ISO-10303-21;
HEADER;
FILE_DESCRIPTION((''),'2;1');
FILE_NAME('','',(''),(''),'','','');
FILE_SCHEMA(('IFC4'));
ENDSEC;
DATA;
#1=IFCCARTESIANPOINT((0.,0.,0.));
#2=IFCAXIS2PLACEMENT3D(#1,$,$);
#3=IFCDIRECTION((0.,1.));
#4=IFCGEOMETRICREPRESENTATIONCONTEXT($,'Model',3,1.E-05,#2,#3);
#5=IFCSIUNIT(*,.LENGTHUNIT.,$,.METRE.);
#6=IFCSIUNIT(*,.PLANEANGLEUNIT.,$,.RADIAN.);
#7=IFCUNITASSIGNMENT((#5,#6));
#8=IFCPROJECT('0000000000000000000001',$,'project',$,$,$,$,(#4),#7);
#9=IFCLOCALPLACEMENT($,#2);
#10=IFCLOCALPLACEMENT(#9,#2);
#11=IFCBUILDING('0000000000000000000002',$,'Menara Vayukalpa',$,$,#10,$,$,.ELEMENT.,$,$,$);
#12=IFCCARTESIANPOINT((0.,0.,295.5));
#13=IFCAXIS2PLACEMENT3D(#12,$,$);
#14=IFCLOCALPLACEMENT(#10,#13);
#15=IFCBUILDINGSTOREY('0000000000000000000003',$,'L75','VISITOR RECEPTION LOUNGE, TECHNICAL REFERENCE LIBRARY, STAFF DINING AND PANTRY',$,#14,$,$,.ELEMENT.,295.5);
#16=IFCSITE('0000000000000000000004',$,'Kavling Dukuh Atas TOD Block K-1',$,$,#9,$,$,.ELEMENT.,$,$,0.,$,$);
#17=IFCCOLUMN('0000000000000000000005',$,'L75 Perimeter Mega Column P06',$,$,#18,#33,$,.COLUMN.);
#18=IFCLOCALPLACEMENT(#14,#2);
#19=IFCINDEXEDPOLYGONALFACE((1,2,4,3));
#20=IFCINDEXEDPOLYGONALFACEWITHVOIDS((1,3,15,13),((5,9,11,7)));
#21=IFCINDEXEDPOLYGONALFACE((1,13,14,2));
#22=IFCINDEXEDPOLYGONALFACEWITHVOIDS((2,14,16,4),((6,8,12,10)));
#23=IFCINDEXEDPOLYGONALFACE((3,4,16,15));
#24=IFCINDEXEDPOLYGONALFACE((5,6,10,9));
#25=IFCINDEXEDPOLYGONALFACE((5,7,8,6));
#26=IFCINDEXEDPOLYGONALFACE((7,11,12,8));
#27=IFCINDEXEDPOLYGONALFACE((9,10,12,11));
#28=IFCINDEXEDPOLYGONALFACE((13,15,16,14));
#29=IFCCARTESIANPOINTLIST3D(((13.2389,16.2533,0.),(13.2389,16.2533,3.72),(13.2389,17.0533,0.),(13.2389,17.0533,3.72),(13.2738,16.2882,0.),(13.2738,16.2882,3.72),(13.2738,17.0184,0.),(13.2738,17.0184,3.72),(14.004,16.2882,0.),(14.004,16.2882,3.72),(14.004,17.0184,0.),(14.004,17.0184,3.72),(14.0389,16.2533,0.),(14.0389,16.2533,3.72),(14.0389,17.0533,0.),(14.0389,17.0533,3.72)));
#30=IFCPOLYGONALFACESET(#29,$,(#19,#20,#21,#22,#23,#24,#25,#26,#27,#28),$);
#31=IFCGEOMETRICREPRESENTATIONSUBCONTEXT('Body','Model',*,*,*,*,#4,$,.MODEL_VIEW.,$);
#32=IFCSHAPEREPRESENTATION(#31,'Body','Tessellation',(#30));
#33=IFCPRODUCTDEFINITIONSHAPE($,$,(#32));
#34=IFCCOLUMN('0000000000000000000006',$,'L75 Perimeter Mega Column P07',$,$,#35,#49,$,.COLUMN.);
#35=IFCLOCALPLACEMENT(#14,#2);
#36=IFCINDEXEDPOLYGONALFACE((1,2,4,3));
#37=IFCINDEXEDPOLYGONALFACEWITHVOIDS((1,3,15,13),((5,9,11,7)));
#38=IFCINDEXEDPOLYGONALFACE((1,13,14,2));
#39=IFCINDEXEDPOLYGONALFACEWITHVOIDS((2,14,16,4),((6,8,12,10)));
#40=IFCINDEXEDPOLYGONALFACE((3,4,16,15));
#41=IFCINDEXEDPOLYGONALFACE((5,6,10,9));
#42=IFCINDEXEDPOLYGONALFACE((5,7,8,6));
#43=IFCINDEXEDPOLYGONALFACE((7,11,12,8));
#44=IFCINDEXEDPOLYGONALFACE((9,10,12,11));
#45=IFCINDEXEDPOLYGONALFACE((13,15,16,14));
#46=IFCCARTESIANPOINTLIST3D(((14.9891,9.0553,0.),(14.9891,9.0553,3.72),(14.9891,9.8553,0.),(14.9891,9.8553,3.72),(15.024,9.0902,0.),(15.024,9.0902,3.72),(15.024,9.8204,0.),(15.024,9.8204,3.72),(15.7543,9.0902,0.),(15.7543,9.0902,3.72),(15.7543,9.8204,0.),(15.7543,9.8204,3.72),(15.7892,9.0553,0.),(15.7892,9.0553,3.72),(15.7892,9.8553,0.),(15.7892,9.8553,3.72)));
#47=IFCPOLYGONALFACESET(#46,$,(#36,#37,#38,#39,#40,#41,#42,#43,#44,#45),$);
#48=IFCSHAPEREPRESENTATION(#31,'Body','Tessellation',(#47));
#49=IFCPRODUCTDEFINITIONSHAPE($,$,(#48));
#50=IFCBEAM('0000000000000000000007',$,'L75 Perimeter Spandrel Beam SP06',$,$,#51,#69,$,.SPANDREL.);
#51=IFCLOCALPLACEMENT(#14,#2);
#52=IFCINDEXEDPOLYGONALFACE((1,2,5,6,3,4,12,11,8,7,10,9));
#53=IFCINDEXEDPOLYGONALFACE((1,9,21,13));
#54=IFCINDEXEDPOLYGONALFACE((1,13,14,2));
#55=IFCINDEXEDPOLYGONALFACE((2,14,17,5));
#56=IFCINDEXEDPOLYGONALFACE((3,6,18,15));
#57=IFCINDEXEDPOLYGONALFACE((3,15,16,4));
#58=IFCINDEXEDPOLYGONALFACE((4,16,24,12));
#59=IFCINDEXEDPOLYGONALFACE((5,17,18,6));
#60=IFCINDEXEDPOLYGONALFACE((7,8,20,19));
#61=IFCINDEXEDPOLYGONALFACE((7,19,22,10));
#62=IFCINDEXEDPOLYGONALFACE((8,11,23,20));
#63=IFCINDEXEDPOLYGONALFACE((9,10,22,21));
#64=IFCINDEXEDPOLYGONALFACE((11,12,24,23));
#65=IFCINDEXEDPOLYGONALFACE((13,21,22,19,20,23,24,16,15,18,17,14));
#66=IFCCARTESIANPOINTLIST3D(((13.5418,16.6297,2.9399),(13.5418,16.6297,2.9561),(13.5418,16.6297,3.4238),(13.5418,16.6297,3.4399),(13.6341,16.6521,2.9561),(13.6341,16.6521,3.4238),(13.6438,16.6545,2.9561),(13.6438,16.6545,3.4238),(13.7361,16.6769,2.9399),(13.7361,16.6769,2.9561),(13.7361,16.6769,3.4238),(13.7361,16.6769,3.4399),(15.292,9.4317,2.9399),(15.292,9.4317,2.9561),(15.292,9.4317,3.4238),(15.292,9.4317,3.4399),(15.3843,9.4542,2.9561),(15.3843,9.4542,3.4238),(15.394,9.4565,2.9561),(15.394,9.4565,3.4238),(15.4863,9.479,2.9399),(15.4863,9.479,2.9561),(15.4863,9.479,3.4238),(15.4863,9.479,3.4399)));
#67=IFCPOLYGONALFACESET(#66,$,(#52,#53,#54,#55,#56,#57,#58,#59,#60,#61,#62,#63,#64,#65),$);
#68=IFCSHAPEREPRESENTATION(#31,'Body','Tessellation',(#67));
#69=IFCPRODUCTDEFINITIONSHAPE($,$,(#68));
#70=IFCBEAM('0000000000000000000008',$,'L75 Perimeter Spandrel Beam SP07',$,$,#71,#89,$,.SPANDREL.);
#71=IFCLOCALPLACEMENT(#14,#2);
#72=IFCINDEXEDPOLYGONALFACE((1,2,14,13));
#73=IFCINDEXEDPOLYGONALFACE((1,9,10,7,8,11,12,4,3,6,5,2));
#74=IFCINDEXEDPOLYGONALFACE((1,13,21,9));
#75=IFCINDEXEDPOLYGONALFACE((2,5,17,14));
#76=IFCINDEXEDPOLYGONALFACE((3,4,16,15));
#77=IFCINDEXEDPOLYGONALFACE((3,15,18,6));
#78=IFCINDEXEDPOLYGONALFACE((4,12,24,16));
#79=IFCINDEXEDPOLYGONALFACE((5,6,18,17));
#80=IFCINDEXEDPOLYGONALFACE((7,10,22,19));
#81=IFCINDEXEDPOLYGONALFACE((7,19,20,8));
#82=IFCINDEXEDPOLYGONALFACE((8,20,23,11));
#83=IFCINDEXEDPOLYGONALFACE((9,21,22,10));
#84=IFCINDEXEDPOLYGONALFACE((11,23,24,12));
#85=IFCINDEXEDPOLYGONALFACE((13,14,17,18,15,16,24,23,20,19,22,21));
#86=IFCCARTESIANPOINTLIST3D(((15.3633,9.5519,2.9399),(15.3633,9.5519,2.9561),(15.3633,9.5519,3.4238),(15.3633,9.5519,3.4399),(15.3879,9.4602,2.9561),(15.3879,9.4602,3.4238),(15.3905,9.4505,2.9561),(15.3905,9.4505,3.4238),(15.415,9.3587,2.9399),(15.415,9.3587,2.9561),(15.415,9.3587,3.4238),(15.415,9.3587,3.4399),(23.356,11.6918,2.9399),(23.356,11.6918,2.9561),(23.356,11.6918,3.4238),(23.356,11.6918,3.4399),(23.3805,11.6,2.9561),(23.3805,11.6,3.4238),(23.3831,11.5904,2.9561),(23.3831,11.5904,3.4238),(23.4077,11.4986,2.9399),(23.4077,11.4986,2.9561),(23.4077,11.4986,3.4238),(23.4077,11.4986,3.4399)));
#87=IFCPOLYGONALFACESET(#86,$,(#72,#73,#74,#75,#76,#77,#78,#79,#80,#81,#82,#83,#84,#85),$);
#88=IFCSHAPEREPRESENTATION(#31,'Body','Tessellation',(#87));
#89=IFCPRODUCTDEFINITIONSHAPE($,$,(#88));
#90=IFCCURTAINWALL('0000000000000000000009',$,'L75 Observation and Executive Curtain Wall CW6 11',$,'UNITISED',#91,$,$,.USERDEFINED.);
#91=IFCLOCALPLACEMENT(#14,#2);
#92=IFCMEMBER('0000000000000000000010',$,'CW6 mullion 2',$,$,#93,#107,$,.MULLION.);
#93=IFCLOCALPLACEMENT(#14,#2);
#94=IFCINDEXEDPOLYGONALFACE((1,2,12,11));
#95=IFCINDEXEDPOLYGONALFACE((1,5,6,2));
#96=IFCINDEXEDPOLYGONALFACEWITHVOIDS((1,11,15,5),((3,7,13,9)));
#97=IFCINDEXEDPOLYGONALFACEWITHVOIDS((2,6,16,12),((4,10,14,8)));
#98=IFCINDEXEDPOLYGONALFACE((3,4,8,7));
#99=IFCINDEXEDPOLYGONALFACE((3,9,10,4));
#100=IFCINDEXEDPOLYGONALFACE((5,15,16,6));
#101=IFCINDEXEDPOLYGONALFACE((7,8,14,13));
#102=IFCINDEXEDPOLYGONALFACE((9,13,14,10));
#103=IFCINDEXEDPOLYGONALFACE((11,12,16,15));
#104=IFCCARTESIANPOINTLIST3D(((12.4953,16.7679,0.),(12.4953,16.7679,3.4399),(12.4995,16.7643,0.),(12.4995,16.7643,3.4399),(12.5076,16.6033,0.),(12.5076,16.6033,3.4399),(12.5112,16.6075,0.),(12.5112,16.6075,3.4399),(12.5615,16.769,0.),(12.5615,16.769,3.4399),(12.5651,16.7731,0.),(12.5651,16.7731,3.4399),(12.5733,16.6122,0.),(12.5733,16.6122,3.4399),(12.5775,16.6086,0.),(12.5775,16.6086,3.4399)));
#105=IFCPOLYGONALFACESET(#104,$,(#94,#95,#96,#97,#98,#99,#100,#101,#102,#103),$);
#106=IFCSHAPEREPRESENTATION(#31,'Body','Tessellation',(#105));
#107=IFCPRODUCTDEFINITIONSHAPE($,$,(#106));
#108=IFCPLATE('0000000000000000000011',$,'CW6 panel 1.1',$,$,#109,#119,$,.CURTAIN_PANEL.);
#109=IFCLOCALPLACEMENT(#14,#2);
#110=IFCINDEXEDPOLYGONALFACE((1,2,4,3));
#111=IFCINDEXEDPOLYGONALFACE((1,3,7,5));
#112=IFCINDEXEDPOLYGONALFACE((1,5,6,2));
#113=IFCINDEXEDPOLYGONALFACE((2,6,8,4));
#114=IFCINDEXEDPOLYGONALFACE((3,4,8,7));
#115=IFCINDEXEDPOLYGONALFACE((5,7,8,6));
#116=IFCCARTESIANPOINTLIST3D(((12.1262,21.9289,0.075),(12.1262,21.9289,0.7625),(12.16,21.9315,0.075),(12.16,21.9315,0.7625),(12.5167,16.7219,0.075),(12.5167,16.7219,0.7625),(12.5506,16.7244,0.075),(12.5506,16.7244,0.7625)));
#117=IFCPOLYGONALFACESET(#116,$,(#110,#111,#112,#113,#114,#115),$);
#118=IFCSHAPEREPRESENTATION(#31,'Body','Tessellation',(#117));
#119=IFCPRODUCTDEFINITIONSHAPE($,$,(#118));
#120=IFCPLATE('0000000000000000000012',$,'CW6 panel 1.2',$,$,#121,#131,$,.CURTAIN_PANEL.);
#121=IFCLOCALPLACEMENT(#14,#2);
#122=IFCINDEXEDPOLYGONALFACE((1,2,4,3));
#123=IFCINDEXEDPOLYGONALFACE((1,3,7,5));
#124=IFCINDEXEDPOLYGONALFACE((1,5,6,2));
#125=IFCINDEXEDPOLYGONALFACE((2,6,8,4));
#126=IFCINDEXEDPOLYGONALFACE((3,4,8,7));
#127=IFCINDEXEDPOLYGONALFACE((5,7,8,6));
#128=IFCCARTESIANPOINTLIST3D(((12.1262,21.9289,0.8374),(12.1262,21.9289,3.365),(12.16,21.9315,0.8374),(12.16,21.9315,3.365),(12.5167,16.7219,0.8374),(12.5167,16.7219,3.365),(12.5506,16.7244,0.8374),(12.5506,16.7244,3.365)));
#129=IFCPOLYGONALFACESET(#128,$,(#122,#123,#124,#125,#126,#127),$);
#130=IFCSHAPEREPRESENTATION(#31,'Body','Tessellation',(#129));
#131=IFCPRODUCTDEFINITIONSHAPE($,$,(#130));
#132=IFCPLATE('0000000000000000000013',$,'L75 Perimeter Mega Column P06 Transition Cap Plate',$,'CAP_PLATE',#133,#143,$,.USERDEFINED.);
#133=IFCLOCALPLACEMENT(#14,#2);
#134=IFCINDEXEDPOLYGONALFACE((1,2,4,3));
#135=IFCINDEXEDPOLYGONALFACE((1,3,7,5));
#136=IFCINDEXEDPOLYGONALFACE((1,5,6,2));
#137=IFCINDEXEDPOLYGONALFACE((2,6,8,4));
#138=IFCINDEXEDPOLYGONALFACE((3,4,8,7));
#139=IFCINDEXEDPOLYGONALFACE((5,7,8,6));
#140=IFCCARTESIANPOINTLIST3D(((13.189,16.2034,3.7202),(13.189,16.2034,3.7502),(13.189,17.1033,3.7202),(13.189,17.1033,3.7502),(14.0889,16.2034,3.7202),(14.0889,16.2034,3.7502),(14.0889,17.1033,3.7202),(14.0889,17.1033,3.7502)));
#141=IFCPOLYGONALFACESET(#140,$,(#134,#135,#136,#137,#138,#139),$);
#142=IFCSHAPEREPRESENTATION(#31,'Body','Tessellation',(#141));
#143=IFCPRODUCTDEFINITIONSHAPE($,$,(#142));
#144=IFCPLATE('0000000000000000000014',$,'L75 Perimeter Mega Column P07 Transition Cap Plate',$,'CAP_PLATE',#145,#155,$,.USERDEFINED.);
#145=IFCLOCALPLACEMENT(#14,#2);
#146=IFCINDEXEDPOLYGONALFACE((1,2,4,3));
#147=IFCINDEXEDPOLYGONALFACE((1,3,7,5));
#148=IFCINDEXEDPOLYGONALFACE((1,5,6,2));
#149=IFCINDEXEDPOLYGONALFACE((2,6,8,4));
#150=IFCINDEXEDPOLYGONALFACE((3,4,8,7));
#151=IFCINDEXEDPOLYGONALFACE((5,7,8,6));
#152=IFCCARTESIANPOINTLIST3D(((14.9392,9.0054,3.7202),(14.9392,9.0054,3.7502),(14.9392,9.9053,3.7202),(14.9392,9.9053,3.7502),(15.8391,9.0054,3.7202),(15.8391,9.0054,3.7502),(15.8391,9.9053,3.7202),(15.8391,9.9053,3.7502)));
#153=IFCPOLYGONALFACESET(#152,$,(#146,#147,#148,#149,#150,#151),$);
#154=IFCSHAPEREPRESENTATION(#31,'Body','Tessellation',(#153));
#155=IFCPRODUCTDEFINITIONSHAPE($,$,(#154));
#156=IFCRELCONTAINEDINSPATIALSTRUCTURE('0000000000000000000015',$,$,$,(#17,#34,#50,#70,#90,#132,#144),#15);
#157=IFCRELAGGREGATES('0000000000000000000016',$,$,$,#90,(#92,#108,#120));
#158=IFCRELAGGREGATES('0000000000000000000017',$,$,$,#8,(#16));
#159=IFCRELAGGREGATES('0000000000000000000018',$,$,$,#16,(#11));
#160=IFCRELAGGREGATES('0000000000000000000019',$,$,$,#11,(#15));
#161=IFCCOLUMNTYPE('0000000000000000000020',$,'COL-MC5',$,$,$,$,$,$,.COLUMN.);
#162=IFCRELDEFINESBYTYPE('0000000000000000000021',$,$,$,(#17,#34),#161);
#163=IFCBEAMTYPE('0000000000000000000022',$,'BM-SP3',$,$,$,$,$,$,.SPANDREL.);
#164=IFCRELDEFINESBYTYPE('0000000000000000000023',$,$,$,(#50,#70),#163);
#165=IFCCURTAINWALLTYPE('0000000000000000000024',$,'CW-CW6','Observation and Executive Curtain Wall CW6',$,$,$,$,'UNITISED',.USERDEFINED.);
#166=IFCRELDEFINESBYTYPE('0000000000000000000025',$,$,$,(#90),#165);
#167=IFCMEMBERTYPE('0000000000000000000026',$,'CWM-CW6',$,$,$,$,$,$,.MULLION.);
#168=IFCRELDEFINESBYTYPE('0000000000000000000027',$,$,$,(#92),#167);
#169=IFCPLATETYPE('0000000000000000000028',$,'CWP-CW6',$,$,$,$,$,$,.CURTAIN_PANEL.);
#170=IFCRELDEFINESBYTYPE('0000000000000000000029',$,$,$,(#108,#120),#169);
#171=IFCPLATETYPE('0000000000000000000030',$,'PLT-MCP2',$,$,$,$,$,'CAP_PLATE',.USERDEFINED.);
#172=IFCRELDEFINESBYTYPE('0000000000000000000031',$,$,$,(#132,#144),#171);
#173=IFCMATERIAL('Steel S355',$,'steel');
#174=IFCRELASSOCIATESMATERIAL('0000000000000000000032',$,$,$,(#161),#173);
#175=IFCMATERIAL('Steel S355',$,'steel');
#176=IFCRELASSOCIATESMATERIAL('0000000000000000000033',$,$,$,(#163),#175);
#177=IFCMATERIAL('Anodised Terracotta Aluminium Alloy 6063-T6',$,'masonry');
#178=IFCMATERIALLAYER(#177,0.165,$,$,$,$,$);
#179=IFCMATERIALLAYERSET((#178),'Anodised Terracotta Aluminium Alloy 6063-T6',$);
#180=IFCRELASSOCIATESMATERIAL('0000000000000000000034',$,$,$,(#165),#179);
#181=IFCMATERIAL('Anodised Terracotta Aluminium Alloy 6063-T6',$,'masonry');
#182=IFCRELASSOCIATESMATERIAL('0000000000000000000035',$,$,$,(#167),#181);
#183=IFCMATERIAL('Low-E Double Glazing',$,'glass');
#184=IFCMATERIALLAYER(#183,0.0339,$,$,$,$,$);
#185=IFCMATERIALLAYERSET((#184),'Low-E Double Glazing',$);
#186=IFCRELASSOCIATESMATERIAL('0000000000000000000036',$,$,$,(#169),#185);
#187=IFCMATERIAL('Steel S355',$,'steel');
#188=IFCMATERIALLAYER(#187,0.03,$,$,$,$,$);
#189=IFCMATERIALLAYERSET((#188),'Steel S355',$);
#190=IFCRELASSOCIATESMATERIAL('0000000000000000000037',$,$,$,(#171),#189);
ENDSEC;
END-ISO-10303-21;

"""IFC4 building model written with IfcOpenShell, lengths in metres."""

from ifc_helpers import new_model, si_unit, direction, frame, origin, origin_2d, place, context, subcontext, project, spatial, rectangle, hollow_rectangle, i_section, extrude, material, layer, layer_set, material_profile, profile_set, type_object, element, aggregate, save


model = new_model("IFC4")

# Units and contexts
model_context = context("Model", 3, precision=1e-05, world=origin(), true_north=direction((0.0, 1.0)))
body_context = subcontext(model_context, "Body", "Model", "MODEL_VIEW")
ifc_project = project(units=[si_unit("LENGTHUNIT", "METRE"), si_unit("PLANEANGLEUNIT", "RADIAN")], contexts=[model_context])

# Site, building, storey
site_placement = place(None, origin())
site = spatial("IfcSite", under=ifc_project, at=site_placement, Name="Kavling Dukuh Atas TOD Block K-1", CompositionType="ELEMENT", RefElevation=0.0)
building_placement = place(site_placement, origin())
building = spatial("IfcBuilding", under=site, at=building_placement, Name="Menara Vayukalpa", CompositionType="ELEMENT")
storey_placement = place(building_placement, frame((0.0, 0.0, 295.5)))
storey = spatial("IfcBuildingStorey", under=building, at=storey_placement, Name="L75", Description="VISITOR RECEPTION LOUNGE, TECHNICAL REFERENCE LIBRARY, STAFF DINING AND PANTRY", CompositionType="ELEMENT", Elevation=295.5)

# Columns
ifc_material_1 = material(Name="Steel S355", Category="steel")
ifc_material_profile_1 = material_profile(ifc_material_1, hollow_rectangle(XDim=0.8, YDim=0.8, WallThickness=0.0349, at=origin_2d()), Name="BOX 800x800x35")
ifc_profile_set_1 = profile_set([ifc_material_profile_1], Name="Steel S355")
column_type = type_object("IfcColumnType", Name="COL-MC5", PredefinedType="COLUMN", material=ifc_profile_set_1)
for number, where, z_axis, x_axis, name in (
    (1, (13.6389, 16.6533, 0.0), (0.0, 0.0, 1.0), (1.0, 0.0, 0.0), "L75 Perimeter Mega Column P06"),
    (2, (15.3892, 9.4553, 0.0), (0.0, 0.0, 1.0), (1.0, 0.0, 0.0), "L75 Perimeter Mega Column P07"),
):
    element("IfcColumn", number, at=place(storey_placement, frame(where, z_axis=z_axis, x_axis=x_axis)), inside=storey, type_object=column_type, Name=name, PredefinedType="COLUMN", context=body_context, shape_type="SweptSolid", body=[
        extrude(hollow_rectangle(XDim=0.8, YDim=0.8, WallThickness=0.0349, at=origin_2d()), origin(), (0.0, 0.0, 1.0), 3.72),
    ])

# Beams
ifc_material_2 = material(Name="Steel S355", Category="steel")
ifc_material_profile_2 = material_profile(ifc_material_2, i_section(OverallWidth=0.2, OverallDepth=0.5, WebThickness=0.01, FlangeThickness=0.0161, at=origin_2d()), Name="WF 500x200x10x16")
ifc_profile_set_2 = profile_set([ifc_material_profile_2], Name="Steel S355")
beam_type = type_object("IfcBeamType", Name="BM-SP3", PredefinedType="SPANDREL", material=ifc_profile_set_2)
beam_1_placement = place(storey_placement, frame((13.6389, 16.6533, 3.1899), z_axis=(0.236273, -0.971687, 0.0), x_axis=(0.971687, 0.236273, 0.0)))
element("IfcBeam", 3, at=beam_1_placement, inside=storey, type_object=beam_type, Name="L75 Perimeter Spandrel Beam SP06", PredefinedType="SPANDREL", context=body_context, shape_type="SweptSolid", body=[
    extrude(i_section(OverallWidth=0.2, OverallDepth=0.5, WebThickness=0.01, FlangeThickness=0.0161, at=origin_2d()), origin(), (0.0, 0.0, 1.0), 7.4077),
])
beam_2_placement = place(storey_placement, frame((15.3892, 9.4553, 3.1899), z_axis=(0.965978, 0.258623, 0.0), x_axis=(-0.258623, 0.965978, 0.0)))
element("IfcBeam", 4, at=beam_2_placement, inside=storey, type_object=beam_type, Name="L75 Perimeter Spandrel Beam SP07", PredefinedType="SPANDREL", context=body_context, shape_type="SweptSolid", body=[
    extrude(i_section(OverallWidth=0.2, OverallDepth=0.5, WebThickness=0.01, FlangeThickness=0.0161, at=origin_2d()), origin(), (0.0, 0.0, 1.0), 8.2742),
])

# Curtain wall, member, plates
ifc_material_3 = material(Name="Anodised Terracotta Aluminium Alloy 6063-T6", Category="masonry")
ifc_layer_1 = layer(ifc_material_3, 0.165)
ifc_layer_set_1 = layer_set([ifc_layer_1], Name="Anodised Terracotta Aluminium Alloy 6063-T6")
curtain_wall_type = type_object("IfcCurtainWallType", Name="CW-CW6", Description="Observation and Executive Curtain Wall CW6", ElementType="UNITISED", PredefinedType="USERDEFINED", material=ifc_layer_set_1)
curtain_wall_placement = place(storey_placement, origin())
curtain_wall = element("IfcCurtainWall", 5, at=curtain_wall_placement, inside=storey, type_object=curtain_wall_type, Name="L75 Observation and Executive Curtain Wall CW6 11", ObjectType="UNITISED", PredefinedType="USERDEFINED")
ifc_material_4 = material(Name="Anodised Terracotta Aluminium Alloy 6063-T6", Category="masonry")
ifc_material_profile_3 = material_profile(ifc_material_4, hollow_rectangle(XDim=0.0701, YDim=0.165, WallThickness=0.0039, at=origin_2d()), Name="ALU 70x165x4")
ifc_profile_set_3 = profile_set([ifc_material_profile_3], Name="Anodised Terracotta Aluminium Alloy 6063-T6")
member_type = type_object("IfcMemberType", Name="CWM-CW6", PredefinedType="MULLION", material=ifc_profile_set_3)
member_placement = place(storey_placement, frame((12.5364, 16.6882, 0.0), z_axis=(0.0, 0.0, 1.0), x_axis=(0.997199, 0.074789, 0.0)))
member = element("IfcMember", 6, at=member_placement, type_object=member_type, Name="CW6 mullion 2", PredefinedType="MULLION", context=body_context, shape_type="SweptSolid", body=[
    extrude(hollow_rectangle(XDim=0.0701, YDim=0.165, WallThickness=0.0039, at=origin_2d()), origin(), (0.0, 0.0, 1.0), 3.4399),
])
ifc_material_5 = material(Name="Low-E Double Glazing", Category="glass")
ifc_layer_2 = layer(ifc_material_5, 0.0339)
ifc_layer_set_2 = layer_set([ifc_layer_2], Name="Low-E Double Glazing")
plate_type_1 = type_object("IfcPlateType", Name="CWP-CW6", PredefinedType="CURTAIN_PANEL", material=ifc_layer_set_2)
plate_1_placement = place(storey_placement, frame((12.3384, 19.3267, 0.075), z_axis=(0.0, 0.0, 1.0), x_axis=(0.074789, -0.997199, 0.0)))
plate_1 = element("IfcPlate", 7, at=plate_1_placement, type_object=plate_type_1, Name="CW6 panel 1.1", PredefinedType="CURTAIN_PANEL", context=body_context, shape_type="SweptSolid", body=[
    extrude(rectangle(XDim=5.2217, YDim=0.0339, at=origin_2d()), origin(), (0.0, 0.0, 1.0), 0.6875),
])
plate_2_placement = place(storey_placement, frame((12.3384, 19.3267, 0.8374), z_axis=(0.0, 0.0, 1.0), x_axis=(0.074789, -0.997199, 0.0)))
plate_2 = element("IfcPlate", 8, at=plate_2_placement, type_object=plate_type_1, Name="CW6 panel 1.2", PredefinedType="CURTAIN_PANEL", context=body_context, shape_type="SweptSolid", body=[
    extrude(rectangle(XDim=5.2217, YDim=0.0339, at=origin_2d()), origin(), (0.0, 0.0, 1.0), 2.5276),
])
aggregate(curtain_wall, [member, plate_1, plate_2])

# Plates
ifc_material_6 = material(Name="Steel S355", Category="steel")
ifc_layer_3 = layer(ifc_material_6, 0.03)
ifc_layer_set_3 = layer_set([ifc_layer_3], Name="Steel S355")
plate_type_2 = type_object("IfcPlateType", Name="PLT-MCP2", ElementType="CAP_PLATE", PredefinedType="USERDEFINED", material=ifc_layer_set_3)
for number, where, z_axis, x_axis, name in (
    (9, (13.6389, 16.6533, 3.7202), (0.0, 0.0, 1.0), (1.0, 0.0, 0.0), "L75 Perimeter Mega Column P06 Transition Cap Plate"),
    (10, (15.3892, 9.4553, 3.7202), (0.0, 0.0, 1.0), (1.0, 0.0, 0.0), "L75 Perimeter Mega Column P07 Transition Cap Plate"),
):
    element("IfcPlate", number, at=place(storey_placement, frame(where, z_axis=z_axis, x_axis=x_axis)), inside=storey, type_object=plate_type_2, Name=name, ObjectType="CAP_PLATE", PredefinedType="USERDEFINED", context=body_context, shape_type="SweptSolid", body=[
        extrude(rectangle(XDim=0.8999, YDim=0.8999, at=origin_2d()), origin(), (0.0, 0.0, 1.0), 0.03),
    ])

save(model, "model.ifc")
